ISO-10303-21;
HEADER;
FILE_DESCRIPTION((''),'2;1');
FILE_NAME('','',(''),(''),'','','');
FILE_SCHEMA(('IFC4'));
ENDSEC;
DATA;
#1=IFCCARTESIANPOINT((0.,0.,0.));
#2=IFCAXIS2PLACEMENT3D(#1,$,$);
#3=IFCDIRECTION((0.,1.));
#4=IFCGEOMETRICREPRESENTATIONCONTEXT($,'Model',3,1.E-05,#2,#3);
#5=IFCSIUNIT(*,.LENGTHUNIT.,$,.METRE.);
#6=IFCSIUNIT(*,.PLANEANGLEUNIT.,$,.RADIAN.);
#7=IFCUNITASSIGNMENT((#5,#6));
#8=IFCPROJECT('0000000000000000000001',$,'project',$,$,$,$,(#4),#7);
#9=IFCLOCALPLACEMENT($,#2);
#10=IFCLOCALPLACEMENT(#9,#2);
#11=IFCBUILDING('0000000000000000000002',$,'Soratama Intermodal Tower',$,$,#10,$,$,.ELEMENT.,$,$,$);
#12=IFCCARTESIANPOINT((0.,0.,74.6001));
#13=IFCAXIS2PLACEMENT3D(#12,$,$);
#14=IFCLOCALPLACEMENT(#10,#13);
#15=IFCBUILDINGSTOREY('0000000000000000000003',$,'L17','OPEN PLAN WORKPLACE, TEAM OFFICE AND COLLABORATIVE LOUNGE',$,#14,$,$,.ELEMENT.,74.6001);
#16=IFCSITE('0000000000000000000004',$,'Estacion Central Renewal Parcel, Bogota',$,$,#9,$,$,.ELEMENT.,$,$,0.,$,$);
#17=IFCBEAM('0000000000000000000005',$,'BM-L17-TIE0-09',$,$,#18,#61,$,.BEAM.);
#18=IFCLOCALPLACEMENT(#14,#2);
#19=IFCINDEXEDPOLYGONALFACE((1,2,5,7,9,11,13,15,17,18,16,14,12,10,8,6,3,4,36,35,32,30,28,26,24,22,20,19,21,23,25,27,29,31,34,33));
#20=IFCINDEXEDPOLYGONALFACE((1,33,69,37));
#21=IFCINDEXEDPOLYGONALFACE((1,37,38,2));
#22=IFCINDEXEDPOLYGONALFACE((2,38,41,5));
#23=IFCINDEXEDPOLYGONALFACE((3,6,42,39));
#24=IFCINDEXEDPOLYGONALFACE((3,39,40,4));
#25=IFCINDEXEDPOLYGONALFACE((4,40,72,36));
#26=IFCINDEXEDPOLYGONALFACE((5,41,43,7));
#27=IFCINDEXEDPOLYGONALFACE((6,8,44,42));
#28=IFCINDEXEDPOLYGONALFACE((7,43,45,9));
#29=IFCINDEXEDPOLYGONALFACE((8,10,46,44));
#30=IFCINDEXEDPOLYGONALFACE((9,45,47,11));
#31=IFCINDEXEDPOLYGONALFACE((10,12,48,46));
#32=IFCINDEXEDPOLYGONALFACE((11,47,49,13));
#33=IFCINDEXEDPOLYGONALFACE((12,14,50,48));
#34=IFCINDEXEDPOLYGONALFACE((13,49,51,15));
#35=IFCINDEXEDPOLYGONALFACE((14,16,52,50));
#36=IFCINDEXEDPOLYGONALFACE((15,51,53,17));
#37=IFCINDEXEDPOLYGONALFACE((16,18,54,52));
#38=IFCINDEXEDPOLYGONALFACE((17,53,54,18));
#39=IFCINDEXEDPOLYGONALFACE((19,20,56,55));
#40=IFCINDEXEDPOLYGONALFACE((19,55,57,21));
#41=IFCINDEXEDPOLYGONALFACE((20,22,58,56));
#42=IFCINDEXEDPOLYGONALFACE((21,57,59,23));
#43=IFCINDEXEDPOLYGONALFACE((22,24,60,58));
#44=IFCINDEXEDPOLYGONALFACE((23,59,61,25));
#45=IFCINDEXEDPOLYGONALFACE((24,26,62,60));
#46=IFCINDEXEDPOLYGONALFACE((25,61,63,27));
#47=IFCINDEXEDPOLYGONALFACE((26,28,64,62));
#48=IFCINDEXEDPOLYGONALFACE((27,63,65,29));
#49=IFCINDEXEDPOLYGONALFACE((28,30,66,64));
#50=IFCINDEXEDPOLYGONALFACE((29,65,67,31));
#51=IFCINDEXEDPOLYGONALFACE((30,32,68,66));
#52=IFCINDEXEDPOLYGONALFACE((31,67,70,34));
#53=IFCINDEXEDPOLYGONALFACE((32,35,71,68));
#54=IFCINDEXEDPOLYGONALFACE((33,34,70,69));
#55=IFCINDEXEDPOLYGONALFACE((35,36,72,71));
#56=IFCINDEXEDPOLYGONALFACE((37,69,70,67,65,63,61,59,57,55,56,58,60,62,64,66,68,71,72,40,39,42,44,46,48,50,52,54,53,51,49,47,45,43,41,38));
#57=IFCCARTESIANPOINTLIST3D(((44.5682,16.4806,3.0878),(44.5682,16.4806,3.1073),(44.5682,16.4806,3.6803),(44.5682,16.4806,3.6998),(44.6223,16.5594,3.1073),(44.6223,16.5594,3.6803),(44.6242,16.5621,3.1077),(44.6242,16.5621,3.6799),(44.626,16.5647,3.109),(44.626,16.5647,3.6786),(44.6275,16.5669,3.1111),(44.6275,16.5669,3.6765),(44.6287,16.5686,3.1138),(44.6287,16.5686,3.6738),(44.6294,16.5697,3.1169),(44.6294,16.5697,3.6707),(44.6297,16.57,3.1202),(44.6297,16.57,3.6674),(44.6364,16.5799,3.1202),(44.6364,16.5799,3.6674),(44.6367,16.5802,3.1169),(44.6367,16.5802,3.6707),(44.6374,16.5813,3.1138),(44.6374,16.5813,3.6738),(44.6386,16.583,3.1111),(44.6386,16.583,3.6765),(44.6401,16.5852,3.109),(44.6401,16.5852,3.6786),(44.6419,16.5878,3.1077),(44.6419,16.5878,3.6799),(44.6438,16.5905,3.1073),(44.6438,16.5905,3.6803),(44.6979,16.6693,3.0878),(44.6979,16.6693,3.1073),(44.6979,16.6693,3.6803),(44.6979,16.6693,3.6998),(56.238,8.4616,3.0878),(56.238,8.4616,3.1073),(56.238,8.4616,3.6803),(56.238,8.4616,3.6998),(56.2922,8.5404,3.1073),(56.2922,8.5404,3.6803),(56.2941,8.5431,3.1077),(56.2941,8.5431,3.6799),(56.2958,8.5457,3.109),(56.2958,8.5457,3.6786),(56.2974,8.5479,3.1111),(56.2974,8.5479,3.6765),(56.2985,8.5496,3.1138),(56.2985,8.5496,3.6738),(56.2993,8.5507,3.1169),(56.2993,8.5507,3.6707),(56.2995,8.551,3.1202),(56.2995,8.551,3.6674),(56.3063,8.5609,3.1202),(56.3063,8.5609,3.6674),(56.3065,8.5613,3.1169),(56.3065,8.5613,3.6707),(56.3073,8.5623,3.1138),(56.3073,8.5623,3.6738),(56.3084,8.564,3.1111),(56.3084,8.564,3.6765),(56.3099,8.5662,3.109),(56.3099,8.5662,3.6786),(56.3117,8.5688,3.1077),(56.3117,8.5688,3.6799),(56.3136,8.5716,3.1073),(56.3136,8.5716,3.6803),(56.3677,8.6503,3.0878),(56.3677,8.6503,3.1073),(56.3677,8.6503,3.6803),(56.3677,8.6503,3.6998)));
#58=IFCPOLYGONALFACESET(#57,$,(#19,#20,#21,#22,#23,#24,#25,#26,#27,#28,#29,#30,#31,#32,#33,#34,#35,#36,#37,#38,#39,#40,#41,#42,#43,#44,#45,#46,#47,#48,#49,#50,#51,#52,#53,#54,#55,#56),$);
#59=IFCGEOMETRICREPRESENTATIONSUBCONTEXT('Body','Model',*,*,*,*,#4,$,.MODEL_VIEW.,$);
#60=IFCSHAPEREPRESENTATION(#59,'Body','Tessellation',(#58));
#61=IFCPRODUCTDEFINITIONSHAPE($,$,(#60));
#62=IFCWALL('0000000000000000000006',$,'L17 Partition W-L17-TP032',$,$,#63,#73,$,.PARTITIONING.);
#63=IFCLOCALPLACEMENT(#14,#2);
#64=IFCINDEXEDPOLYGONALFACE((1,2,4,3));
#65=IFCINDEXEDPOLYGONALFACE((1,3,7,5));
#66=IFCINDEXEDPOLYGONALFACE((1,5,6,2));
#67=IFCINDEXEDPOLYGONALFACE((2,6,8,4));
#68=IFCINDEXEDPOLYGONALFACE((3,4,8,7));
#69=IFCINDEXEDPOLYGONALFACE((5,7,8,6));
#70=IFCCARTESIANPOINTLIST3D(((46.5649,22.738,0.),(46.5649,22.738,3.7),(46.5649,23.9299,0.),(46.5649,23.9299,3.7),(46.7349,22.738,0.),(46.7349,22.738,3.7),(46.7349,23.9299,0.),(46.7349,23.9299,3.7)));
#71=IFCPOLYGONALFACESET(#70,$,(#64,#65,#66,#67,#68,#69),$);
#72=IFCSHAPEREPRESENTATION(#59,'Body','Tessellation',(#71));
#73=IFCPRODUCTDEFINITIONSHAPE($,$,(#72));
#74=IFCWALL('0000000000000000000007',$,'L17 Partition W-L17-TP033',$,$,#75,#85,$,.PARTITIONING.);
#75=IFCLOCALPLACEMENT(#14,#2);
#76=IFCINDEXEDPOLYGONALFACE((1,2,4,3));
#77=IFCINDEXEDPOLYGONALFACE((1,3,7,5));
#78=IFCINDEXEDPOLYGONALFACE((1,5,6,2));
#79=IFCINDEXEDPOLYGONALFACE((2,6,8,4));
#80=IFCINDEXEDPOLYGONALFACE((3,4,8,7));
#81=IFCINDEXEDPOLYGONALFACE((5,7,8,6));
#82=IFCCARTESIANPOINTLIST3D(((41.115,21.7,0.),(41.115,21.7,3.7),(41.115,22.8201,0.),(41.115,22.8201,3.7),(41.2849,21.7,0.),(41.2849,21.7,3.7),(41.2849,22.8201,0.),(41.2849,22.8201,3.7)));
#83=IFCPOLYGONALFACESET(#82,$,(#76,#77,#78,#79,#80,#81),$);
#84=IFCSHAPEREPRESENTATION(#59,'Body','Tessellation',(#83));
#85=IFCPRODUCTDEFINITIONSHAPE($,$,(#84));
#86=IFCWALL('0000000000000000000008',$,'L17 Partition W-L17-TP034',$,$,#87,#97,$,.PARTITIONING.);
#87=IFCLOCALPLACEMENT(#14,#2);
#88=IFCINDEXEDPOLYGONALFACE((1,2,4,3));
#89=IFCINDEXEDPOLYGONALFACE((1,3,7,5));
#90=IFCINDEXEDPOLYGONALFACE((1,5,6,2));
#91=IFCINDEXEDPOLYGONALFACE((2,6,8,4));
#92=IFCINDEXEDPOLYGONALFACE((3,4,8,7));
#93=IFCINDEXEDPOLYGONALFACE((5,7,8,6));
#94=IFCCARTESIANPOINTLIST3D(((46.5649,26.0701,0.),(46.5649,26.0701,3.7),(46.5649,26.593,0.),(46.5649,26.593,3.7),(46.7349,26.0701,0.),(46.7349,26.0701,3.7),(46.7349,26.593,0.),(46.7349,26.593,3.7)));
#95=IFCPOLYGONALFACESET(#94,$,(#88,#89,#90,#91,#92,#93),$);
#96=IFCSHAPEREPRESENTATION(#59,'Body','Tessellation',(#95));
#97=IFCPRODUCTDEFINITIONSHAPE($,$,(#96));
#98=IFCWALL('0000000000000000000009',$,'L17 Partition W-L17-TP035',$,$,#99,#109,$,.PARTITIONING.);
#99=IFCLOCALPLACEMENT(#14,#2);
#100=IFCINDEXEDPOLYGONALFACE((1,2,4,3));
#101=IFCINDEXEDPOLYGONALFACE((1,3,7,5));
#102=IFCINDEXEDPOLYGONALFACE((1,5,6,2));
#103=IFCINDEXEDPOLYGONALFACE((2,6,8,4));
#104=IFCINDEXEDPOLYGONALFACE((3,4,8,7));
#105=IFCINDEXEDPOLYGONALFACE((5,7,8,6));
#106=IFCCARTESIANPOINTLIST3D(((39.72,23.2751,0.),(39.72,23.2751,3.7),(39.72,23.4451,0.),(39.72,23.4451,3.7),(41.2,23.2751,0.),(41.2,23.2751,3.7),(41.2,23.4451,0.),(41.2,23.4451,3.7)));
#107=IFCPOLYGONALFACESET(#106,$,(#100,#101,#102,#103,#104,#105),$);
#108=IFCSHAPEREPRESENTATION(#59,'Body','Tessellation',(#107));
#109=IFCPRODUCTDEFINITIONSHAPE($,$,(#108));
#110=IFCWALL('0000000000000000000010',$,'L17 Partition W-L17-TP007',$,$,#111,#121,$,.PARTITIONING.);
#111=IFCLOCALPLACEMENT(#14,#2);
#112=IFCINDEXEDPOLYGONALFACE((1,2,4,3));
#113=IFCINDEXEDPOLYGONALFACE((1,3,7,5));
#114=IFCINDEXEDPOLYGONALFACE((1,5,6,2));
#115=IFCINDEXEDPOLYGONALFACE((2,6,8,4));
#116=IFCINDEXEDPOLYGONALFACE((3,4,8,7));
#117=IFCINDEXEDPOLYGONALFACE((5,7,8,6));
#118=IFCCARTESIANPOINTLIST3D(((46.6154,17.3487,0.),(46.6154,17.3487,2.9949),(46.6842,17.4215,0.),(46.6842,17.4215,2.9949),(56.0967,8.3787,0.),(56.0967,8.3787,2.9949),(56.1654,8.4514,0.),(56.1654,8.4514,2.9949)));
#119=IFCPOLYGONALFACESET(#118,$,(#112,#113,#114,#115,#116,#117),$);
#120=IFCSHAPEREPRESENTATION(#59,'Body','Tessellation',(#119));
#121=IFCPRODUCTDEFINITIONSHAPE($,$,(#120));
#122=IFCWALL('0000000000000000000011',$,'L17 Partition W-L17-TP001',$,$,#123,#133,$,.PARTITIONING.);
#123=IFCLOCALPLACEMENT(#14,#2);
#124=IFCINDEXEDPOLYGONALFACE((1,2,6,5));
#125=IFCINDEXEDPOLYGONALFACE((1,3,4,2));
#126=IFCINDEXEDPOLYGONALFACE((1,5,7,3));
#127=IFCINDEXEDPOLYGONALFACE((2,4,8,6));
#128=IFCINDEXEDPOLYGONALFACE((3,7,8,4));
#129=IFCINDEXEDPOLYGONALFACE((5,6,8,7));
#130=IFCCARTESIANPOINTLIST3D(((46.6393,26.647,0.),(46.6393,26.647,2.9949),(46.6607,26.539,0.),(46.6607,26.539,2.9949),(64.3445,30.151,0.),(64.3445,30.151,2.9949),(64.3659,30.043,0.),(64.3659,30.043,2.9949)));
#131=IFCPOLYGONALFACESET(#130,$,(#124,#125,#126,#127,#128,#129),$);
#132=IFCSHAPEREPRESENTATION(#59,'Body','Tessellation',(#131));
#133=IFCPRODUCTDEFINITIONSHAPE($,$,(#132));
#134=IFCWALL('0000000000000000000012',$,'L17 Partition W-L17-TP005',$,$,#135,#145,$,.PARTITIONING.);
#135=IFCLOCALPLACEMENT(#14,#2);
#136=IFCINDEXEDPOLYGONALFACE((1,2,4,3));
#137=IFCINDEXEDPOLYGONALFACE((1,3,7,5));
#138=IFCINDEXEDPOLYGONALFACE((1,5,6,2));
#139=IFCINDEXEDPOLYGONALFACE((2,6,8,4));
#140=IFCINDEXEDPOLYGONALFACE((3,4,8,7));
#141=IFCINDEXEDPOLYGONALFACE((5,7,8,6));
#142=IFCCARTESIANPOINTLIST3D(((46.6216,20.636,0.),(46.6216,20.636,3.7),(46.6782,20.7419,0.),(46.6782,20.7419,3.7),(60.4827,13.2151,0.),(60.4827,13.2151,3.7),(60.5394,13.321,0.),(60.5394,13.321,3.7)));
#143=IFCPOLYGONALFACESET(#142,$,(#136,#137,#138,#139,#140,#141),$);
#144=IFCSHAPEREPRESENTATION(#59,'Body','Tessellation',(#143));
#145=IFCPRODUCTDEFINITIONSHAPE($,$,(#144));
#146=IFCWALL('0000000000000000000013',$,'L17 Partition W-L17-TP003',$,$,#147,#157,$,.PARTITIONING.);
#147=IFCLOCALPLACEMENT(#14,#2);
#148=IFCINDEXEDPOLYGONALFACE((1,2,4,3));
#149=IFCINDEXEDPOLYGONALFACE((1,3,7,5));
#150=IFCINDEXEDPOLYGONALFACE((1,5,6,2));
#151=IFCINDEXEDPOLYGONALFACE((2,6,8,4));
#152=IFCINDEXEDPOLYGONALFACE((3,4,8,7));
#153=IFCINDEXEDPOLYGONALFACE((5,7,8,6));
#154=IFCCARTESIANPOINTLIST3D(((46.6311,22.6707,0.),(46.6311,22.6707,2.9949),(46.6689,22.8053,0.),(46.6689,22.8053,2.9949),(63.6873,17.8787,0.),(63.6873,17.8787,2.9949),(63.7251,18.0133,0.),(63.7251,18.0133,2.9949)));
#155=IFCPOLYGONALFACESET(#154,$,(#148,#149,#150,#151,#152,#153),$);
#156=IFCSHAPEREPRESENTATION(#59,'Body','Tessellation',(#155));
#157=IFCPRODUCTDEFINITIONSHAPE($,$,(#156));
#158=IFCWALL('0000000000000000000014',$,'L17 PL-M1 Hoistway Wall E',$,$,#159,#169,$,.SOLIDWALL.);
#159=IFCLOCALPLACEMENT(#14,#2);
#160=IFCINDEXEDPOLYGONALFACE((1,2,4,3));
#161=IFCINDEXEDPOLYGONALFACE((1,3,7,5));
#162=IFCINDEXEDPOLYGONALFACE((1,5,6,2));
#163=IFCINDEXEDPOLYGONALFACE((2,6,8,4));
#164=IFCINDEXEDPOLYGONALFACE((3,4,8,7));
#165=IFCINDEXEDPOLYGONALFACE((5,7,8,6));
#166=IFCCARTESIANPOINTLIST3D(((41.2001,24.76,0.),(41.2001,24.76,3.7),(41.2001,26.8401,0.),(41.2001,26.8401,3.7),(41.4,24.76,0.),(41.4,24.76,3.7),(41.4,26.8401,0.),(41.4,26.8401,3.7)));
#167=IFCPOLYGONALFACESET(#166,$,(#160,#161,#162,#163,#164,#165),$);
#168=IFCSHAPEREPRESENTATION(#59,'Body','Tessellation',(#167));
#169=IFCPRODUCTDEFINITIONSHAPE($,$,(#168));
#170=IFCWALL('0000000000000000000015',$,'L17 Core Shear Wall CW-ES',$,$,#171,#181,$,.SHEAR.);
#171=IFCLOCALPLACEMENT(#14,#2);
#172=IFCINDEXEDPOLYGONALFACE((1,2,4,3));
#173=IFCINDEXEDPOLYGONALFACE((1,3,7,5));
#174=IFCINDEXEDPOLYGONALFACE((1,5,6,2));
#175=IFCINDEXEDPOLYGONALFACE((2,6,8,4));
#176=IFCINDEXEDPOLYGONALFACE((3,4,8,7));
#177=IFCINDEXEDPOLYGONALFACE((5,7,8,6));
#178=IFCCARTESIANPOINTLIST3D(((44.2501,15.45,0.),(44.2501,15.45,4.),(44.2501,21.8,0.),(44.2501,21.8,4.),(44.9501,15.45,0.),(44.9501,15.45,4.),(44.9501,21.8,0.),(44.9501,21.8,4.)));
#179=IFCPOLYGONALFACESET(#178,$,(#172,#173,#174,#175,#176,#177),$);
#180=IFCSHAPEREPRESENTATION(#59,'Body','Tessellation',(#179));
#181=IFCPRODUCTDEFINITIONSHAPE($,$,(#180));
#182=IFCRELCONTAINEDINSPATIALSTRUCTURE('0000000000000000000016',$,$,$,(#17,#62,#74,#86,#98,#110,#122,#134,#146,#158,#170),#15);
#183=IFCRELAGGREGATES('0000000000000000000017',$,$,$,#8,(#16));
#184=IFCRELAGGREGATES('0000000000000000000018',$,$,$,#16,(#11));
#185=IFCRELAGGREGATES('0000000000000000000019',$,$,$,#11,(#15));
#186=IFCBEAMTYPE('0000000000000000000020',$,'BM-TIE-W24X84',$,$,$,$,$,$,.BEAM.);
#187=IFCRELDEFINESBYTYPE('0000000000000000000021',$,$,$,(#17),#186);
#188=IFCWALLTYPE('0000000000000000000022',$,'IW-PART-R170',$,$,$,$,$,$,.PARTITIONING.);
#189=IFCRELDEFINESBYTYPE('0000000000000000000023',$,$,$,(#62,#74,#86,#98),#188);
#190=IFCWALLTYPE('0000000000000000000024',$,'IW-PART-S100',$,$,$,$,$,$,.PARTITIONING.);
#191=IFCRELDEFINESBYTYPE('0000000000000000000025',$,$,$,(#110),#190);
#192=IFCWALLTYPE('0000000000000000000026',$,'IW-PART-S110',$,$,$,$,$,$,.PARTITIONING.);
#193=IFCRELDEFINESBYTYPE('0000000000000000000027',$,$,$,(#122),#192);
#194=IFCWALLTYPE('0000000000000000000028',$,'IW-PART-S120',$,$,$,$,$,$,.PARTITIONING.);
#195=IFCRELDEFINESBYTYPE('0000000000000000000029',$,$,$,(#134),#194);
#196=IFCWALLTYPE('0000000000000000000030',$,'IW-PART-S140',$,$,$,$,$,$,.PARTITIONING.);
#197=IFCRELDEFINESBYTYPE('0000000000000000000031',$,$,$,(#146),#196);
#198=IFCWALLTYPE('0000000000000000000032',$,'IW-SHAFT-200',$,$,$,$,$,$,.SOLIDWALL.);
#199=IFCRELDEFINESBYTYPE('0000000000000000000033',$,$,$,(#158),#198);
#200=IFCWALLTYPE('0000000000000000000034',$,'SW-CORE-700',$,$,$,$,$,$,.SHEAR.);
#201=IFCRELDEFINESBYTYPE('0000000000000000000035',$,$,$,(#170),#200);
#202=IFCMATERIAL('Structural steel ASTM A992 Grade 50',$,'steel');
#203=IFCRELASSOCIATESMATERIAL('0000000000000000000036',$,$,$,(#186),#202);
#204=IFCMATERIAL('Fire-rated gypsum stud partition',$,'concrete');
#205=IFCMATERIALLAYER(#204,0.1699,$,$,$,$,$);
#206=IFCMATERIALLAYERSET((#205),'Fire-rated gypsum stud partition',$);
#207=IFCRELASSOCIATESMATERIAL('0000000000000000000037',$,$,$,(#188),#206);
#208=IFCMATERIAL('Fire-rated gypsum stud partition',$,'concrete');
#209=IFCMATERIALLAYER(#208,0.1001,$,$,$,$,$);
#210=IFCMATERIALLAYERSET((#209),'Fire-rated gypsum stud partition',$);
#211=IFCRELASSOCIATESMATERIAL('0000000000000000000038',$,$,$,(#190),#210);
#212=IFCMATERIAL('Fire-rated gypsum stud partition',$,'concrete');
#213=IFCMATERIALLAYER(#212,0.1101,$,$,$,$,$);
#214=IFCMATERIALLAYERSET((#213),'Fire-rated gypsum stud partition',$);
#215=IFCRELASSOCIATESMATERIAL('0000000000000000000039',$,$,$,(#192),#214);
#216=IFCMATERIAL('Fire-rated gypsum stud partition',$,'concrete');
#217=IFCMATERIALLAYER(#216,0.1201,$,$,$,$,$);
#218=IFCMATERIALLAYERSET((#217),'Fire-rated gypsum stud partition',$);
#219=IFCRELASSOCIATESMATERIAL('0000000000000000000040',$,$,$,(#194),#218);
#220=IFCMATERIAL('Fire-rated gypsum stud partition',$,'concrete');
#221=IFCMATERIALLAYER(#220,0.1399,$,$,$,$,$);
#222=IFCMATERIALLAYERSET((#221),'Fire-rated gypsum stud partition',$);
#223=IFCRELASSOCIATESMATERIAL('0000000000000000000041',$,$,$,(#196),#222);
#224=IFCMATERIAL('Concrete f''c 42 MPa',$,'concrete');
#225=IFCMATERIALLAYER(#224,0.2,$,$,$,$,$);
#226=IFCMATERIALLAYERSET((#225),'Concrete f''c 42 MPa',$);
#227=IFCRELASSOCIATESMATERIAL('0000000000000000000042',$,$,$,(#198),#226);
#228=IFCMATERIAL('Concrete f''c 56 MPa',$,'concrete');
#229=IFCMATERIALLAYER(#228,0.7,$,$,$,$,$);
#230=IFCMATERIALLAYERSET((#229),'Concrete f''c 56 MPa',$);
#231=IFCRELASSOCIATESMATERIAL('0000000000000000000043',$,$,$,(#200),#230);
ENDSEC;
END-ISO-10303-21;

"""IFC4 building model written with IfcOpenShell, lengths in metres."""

from ifc_helpers import new_model, si_unit, direction, frame, frame_2d, origin, origin_2d, place, context, subcontext, project, spatial, rectangle, i_section, extrude, material, layer, layer_set, material_profile, profile_set, type_object, element, save


model = new_model("IFC4")

# Units and contexts
model_context = context("Model", 3, precision=1e-05, world=origin(), true_north=direction((0.0, 1.0)))
body_context = subcontext(model_context, "Body", "Model", "MODEL_VIEW")
ifc_project = project(units=[si_unit("LENGTHUNIT", "METRE"), si_unit("PLANEANGLEUNIT", "RADIAN")], contexts=[model_context])

# Site, building, storey
site_placement = place(None, origin())
site = spatial("IfcSite", under=ifc_project, at=site_placement, Name="Estacion Central Renewal Parcel, Bogota", CompositionType="ELEMENT", RefElevation=0.0)
building_placement = place(site_placement, origin())
building = spatial("IfcBuilding", under=site, at=building_placement, Name="Soratama Intermodal Tower", CompositionType="ELEMENT")
storey_placement = place(building_placement, frame((0.0, 0.0, 74.6001)))
storey = spatial("IfcBuildingStorey", under=building, at=storey_placement, Name="L17", Description="OPEN PLAN WORKPLACE, TEAM OFFICE AND COLLABORATIVE LOUNGE", CompositionType="ELEMENT", Elevation=74.6001)

# Beam
ifc_material_1 = material(Name="Structural steel ASTM A992 Grade 50", Category="steel")
ifc_material_profile_1 = material_profile(ifc_material_1, i_section(OverallWidth=0.229, OverallDepth=0.6121, WebThickness=0.012, FlangeThickness=0.0195, FilletRadius=0.0129, at=origin_2d()), Name="W24X84")
ifc_profile_set_1 = profile_set([ifc_material_profile_1], Name="Structural steel ASTM A992 Grade 50")
beam_type_1 = type_object("IfcBeamType", Name="BM-TIE-W24X84", PredefinedType="BEAM", material=ifc_profile_set_1)
beam_1_placement = place(storey_placement, frame((44.6331, 16.575, 3.3938), z_axis=(0.824175, -0.566336, 0.0), x_axis=(0.566336, 0.824175, 0.0)))
element("IfcBeam", 1, at=beam_1_placement, inside=storey, type_object=beam_type_1, Name="BM-L17-TIE0-09", PredefinedType="BEAM", context=body_context, shape_type="SweptSolid", body=[
    extrude(i_section(OverallWidth=0.229, OverallDepth=0.6121, WebThickness=0.012, FlangeThickness=0.0195, FilletRadius=0.0129, at=origin_2d()), origin(), (0.0, 0.0, 1.0), 14.1594),
])

# Shared definitions
ifc_material_2 = material(Name="Fire-rated gypsum stud partition", Category="concrete")
ifc_layer_1 = layer(ifc_material_2, 0.1699)
ifc_layer_set_1 = layer_set([ifc_layer_1], Name="Fire-rated gypsum stud partition")
wall_type_1 = type_object("IfcWallType", Name="IW-PART-R170", PredefinedType="PARTITIONING", material=ifc_layer_set_1)

# Walls
wall_1_placement = place(storey_placement, frame((46.6499, 23.9299, 0.0), z_axis=(0.0, 0.0, 1.0), x_axis=(0.0, -1.0, 0.0)))
element("IfcWall", 2, at=wall_1_placement, inside=storey, type_object=wall_type_1, Name="L17 Partition W-L17-TP032", PredefinedType="PARTITIONING", context=body_context, shape_type="SweptSolid", body=[
    extrude(rectangle(XDim=1.1919, YDim=0.1699, at=frame_2d((0.5959, 0.0))), origin(), (0.0, 0.0, 1.0), 3.7),
])
wall_2_placement = place(storey_placement, frame((41.2, 21.7, 0.0), z_axis=(0.0, 0.0, 1.0), x_axis=(0.0, 1.0, 0.0)))
element("IfcWall", 3, at=wall_2_placement, inside=storey, type_object=wall_type_1, Name="L17 Partition W-L17-TP033", PredefinedType="PARTITIONING", context=body_context, shape_type="SweptSolid", body=[
    extrude(rectangle(XDim=1.1201, YDim=0.1699, at=frame_2d((0.5601, 0.0))), origin(), (0.0, 0.0, 1.0), 3.7),
])
wall_3_placement = place(storey_placement, frame((46.6499, 26.593, 0.0), z_axis=(0.0, 0.0, 1.0), x_axis=(0.0, -1.0, 0.0)))
element("IfcWall", 4, at=wall_3_placement, inside=storey, type_object=wall_type_1, Name="L17 Partition W-L17-TP034", PredefinedType="PARTITIONING", context=body_context, shape_type="SweptSolid", body=[
    extrude(rectangle(XDim=0.5229, YDim=0.1699, at=frame_2d((0.2615, 0.0))), origin(), (0.0, 0.0, 1.0), 3.7),
])
wall_4_placement = place(storey_placement, frame((41.2, 23.3601, 0.0), z_axis=(0.0, 0.0, 1.0), x_axis=(-1.0, 0.0, 0.0)))
element("IfcWall", 5, at=wall_4_placement, inside=storey, type_object=wall_type_1, Name="L17 Partition W-L17-TP035", PredefinedType="PARTITIONING", context=body_context, shape_type="SweptSolid", body=[
    extrude(rectangle(XDim=1.48, YDim=0.1699, at=frame_2d((0.74, 0.0))), origin(), (0.0, 0.0, 1.0), 3.7),
])
ifc_material_3 = material(Name="Fire-rated gypsum stud partition", Category="concrete")
ifc_layer_2 = layer(ifc_material_3, 0.1001)
ifc_layer_set_2 = layer_set([ifc_layer_2], Name="Fire-rated gypsum stud partition")
wall_type_2 = type_object("IfcWallType", Name="IW-PART-S100", PredefinedType="PARTITIONING", material=ifc_layer_set_2)
wall_5_placement = place(storey_placement, frame((46.6499, 17.385, 0.0), z_axis=(0.0, 0.0, 1.0), x_axis=(0.72642, -0.687251, 0.0)))
element("IfcWall", 6, at=wall_5_placement, inside=storey, type_object=wall_type_2, Name="L17 Partition W-L17-TP007", PredefinedType="PARTITIONING", context=body_context, shape_type="SweptSolid", body=[
    extrude(rectangle(XDim=13.052, YDim=0.1001, at=frame_2d((6.5259, 0.0))), origin(), (0.0, 0.0, 1.0), 2.9949),
])
ifc_material_4 = material(Name="Fire-rated gypsum stud partition", Category="concrete")
ifc_layer_3 = layer(ifc_material_4, 0.1101)
ifc_layer_set_3 = layer_set([ifc_layer_3], Name="Fire-rated gypsum stud partition")
wall_type_3 = type_object("IfcWallType", Name="IW-PART-S110", PredefinedType="PARTITIONING", material=ifc_layer_set_3)
wall_6_placement = place(storey_placement, frame((46.6499, 26.593, 0.0), z_axis=(0.0, 0.0, 1.0), x_axis=(0.980974, 0.194139, 0.0)))
element("IfcWall", 7, at=wall_6_placement, inside=storey, type_object=wall_type_3, Name="L17 Partition W-L17-TP001", PredefinedType="PARTITIONING", context=body_context, shape_type="SweptSolid", body=[
    extrude(rectangle(XDim=18.0486, YDim=0.1101, at=frame_2d((9.0244, 0.0))), origin(), (0.0, 0.0, 1.0), 2.9949),
])
ifc_material_5 = material(Name="Fire-rated gypsum stud partition", Category="concrete")
ifc_layer_4 = layer(ifc_material_5, 0.1201)
ifc_layer_set_4 = layer_set([ifc_layer_4], Name="Fire-rated gypsum stud partition")
wall_type_4 = type_object("IfcWallType", Name="IW-PART-S120", PredefinedType="PARTITIONING", material=ifc_layer_set_4)
wall_7_placement = place(storey_placement, frame((46.6499, 20.689, 0.0), z_axis=(0.0, 0.0, 1.0), x_axis=(0.881604, -0.47199, 0.0)))
element("IfcWall", 8, at=wall_7_placement, inside=storey, type_object=wall_type_4, Name="L17 Partition W-L17-TP005", PredefinedType="PARTITIONING", context=body_context, shape_type="SweptSolid", body=[
    extrude(rectangle(XDim=15.7227, YDim=0.1201, at=frame_2d((7.8613, 0.0))), origin(), (0.0, 0.0, 1.0), 3.7),
])
ifc_material_6 = material(Name="Fire-rated gypsum stud partition", Category="concrete")
ifc_layer_5 = layer(ifc_material_6, 0.1399)
ifc_layer_set_5 = layer_set([ifc_layer_5], Name="Fire-rated gypsum stud partition")
wall_type_5 = type_object("IfcWallType", Name="IW-PART-S140", PredefinedType="PARTITIONING", material=ifc_layer_set_5)
wall_8_placement = place(storey_placement, frame((46.6499, 22.738, 0.0), z_axis=(0.0, 0.0, 1.0), x_axis=(0.962725, -0.270481, 0.0)))
element("IfcWall", 9, at=wall_8_placement, inside=storey, type_object=wall_type_5, Name="L17 Partition W-L17-TP003", PredefinedType="PARTITIONING", context=body_context, shape_type="SweptSolid", body=[
    extrude(rectangle(XDim=17.7166, YDim=0.1399, at=frame_2d((8.8584, 0.0))), origin(), (0.0, 0.0, 1.0), 2.9949),
])
ifc_material_7 = material(Name="Concrete f'c 42 MPa", Category="concrete")
ifc_layer_6 = layer(ifc_material_7, 0.2)
ifc_layer_set_6 = layer_set([ifc_layer_6], Name="Concrete f'c 42 MPa")
wall_type_6 = type_object("IfcWallType", Name="IW-SHAFT-200", PredefinedType="SOLIDWALL", material=ifc_layer_set_6)
wall_9_placement = place(storey_placement, frame((41.3, 24.76, 0.0), z_axis=(0.0, 0.0, 1.0), x_axis=(0.0, 1.0, 0.0)))
element("IfcWall", 10, at=wall_9_placement, inside=storey, type_object=wall_type_6, Name="L17 PL-M1 Hoistway Wall E", PredefinedType="SOLIDWALL", context=body_context, shape_type="SweptSolid", body=[
    extrude(rectangle(XDim=2.0801, YDim=0.2, at=frame_2d((1.04, 0.0))), origin(), (0.0, 0.0, 1.0), 3.7),
])
ifc_material_8 = material(Name="Concrete f'c 56 MPa", Category="concrete")
ifc_layer_7 = layer(ifc_material_8, 0.7)
ifc_layer_set_7 = layer_set([ifc_layer_7], Name="Concrete f'c 56 MPa")
wall_type_7 = type_object("IfcWallType", Name="SW-CORE-700", PredefinedType="SHEAR", material=ifc_layer_set_7)
wall_10_placement = place(storey_placement, frame((44.6001, 15.45, 0.0), z_axis=(0.0, 0.0, 1.0), x_axis=(0.0, 1.0, 0.0)))
element("IfcWall", 11, at=wall_10_placement, inside=storey, type_object=wall_type_7, Name="L17 Core Shear Wall CW-ES", PredefinedType="SHEAR", context=body_context, shape_type="SweptSolid", body=[
    extrude(rectangle(XDim=6.3501, YDim=0.7, at=frame_2d((3.175, 0.0))), origin(), (0.0, 0.0, 1.0), 4.0),
])

save(model, "model.ifc")
